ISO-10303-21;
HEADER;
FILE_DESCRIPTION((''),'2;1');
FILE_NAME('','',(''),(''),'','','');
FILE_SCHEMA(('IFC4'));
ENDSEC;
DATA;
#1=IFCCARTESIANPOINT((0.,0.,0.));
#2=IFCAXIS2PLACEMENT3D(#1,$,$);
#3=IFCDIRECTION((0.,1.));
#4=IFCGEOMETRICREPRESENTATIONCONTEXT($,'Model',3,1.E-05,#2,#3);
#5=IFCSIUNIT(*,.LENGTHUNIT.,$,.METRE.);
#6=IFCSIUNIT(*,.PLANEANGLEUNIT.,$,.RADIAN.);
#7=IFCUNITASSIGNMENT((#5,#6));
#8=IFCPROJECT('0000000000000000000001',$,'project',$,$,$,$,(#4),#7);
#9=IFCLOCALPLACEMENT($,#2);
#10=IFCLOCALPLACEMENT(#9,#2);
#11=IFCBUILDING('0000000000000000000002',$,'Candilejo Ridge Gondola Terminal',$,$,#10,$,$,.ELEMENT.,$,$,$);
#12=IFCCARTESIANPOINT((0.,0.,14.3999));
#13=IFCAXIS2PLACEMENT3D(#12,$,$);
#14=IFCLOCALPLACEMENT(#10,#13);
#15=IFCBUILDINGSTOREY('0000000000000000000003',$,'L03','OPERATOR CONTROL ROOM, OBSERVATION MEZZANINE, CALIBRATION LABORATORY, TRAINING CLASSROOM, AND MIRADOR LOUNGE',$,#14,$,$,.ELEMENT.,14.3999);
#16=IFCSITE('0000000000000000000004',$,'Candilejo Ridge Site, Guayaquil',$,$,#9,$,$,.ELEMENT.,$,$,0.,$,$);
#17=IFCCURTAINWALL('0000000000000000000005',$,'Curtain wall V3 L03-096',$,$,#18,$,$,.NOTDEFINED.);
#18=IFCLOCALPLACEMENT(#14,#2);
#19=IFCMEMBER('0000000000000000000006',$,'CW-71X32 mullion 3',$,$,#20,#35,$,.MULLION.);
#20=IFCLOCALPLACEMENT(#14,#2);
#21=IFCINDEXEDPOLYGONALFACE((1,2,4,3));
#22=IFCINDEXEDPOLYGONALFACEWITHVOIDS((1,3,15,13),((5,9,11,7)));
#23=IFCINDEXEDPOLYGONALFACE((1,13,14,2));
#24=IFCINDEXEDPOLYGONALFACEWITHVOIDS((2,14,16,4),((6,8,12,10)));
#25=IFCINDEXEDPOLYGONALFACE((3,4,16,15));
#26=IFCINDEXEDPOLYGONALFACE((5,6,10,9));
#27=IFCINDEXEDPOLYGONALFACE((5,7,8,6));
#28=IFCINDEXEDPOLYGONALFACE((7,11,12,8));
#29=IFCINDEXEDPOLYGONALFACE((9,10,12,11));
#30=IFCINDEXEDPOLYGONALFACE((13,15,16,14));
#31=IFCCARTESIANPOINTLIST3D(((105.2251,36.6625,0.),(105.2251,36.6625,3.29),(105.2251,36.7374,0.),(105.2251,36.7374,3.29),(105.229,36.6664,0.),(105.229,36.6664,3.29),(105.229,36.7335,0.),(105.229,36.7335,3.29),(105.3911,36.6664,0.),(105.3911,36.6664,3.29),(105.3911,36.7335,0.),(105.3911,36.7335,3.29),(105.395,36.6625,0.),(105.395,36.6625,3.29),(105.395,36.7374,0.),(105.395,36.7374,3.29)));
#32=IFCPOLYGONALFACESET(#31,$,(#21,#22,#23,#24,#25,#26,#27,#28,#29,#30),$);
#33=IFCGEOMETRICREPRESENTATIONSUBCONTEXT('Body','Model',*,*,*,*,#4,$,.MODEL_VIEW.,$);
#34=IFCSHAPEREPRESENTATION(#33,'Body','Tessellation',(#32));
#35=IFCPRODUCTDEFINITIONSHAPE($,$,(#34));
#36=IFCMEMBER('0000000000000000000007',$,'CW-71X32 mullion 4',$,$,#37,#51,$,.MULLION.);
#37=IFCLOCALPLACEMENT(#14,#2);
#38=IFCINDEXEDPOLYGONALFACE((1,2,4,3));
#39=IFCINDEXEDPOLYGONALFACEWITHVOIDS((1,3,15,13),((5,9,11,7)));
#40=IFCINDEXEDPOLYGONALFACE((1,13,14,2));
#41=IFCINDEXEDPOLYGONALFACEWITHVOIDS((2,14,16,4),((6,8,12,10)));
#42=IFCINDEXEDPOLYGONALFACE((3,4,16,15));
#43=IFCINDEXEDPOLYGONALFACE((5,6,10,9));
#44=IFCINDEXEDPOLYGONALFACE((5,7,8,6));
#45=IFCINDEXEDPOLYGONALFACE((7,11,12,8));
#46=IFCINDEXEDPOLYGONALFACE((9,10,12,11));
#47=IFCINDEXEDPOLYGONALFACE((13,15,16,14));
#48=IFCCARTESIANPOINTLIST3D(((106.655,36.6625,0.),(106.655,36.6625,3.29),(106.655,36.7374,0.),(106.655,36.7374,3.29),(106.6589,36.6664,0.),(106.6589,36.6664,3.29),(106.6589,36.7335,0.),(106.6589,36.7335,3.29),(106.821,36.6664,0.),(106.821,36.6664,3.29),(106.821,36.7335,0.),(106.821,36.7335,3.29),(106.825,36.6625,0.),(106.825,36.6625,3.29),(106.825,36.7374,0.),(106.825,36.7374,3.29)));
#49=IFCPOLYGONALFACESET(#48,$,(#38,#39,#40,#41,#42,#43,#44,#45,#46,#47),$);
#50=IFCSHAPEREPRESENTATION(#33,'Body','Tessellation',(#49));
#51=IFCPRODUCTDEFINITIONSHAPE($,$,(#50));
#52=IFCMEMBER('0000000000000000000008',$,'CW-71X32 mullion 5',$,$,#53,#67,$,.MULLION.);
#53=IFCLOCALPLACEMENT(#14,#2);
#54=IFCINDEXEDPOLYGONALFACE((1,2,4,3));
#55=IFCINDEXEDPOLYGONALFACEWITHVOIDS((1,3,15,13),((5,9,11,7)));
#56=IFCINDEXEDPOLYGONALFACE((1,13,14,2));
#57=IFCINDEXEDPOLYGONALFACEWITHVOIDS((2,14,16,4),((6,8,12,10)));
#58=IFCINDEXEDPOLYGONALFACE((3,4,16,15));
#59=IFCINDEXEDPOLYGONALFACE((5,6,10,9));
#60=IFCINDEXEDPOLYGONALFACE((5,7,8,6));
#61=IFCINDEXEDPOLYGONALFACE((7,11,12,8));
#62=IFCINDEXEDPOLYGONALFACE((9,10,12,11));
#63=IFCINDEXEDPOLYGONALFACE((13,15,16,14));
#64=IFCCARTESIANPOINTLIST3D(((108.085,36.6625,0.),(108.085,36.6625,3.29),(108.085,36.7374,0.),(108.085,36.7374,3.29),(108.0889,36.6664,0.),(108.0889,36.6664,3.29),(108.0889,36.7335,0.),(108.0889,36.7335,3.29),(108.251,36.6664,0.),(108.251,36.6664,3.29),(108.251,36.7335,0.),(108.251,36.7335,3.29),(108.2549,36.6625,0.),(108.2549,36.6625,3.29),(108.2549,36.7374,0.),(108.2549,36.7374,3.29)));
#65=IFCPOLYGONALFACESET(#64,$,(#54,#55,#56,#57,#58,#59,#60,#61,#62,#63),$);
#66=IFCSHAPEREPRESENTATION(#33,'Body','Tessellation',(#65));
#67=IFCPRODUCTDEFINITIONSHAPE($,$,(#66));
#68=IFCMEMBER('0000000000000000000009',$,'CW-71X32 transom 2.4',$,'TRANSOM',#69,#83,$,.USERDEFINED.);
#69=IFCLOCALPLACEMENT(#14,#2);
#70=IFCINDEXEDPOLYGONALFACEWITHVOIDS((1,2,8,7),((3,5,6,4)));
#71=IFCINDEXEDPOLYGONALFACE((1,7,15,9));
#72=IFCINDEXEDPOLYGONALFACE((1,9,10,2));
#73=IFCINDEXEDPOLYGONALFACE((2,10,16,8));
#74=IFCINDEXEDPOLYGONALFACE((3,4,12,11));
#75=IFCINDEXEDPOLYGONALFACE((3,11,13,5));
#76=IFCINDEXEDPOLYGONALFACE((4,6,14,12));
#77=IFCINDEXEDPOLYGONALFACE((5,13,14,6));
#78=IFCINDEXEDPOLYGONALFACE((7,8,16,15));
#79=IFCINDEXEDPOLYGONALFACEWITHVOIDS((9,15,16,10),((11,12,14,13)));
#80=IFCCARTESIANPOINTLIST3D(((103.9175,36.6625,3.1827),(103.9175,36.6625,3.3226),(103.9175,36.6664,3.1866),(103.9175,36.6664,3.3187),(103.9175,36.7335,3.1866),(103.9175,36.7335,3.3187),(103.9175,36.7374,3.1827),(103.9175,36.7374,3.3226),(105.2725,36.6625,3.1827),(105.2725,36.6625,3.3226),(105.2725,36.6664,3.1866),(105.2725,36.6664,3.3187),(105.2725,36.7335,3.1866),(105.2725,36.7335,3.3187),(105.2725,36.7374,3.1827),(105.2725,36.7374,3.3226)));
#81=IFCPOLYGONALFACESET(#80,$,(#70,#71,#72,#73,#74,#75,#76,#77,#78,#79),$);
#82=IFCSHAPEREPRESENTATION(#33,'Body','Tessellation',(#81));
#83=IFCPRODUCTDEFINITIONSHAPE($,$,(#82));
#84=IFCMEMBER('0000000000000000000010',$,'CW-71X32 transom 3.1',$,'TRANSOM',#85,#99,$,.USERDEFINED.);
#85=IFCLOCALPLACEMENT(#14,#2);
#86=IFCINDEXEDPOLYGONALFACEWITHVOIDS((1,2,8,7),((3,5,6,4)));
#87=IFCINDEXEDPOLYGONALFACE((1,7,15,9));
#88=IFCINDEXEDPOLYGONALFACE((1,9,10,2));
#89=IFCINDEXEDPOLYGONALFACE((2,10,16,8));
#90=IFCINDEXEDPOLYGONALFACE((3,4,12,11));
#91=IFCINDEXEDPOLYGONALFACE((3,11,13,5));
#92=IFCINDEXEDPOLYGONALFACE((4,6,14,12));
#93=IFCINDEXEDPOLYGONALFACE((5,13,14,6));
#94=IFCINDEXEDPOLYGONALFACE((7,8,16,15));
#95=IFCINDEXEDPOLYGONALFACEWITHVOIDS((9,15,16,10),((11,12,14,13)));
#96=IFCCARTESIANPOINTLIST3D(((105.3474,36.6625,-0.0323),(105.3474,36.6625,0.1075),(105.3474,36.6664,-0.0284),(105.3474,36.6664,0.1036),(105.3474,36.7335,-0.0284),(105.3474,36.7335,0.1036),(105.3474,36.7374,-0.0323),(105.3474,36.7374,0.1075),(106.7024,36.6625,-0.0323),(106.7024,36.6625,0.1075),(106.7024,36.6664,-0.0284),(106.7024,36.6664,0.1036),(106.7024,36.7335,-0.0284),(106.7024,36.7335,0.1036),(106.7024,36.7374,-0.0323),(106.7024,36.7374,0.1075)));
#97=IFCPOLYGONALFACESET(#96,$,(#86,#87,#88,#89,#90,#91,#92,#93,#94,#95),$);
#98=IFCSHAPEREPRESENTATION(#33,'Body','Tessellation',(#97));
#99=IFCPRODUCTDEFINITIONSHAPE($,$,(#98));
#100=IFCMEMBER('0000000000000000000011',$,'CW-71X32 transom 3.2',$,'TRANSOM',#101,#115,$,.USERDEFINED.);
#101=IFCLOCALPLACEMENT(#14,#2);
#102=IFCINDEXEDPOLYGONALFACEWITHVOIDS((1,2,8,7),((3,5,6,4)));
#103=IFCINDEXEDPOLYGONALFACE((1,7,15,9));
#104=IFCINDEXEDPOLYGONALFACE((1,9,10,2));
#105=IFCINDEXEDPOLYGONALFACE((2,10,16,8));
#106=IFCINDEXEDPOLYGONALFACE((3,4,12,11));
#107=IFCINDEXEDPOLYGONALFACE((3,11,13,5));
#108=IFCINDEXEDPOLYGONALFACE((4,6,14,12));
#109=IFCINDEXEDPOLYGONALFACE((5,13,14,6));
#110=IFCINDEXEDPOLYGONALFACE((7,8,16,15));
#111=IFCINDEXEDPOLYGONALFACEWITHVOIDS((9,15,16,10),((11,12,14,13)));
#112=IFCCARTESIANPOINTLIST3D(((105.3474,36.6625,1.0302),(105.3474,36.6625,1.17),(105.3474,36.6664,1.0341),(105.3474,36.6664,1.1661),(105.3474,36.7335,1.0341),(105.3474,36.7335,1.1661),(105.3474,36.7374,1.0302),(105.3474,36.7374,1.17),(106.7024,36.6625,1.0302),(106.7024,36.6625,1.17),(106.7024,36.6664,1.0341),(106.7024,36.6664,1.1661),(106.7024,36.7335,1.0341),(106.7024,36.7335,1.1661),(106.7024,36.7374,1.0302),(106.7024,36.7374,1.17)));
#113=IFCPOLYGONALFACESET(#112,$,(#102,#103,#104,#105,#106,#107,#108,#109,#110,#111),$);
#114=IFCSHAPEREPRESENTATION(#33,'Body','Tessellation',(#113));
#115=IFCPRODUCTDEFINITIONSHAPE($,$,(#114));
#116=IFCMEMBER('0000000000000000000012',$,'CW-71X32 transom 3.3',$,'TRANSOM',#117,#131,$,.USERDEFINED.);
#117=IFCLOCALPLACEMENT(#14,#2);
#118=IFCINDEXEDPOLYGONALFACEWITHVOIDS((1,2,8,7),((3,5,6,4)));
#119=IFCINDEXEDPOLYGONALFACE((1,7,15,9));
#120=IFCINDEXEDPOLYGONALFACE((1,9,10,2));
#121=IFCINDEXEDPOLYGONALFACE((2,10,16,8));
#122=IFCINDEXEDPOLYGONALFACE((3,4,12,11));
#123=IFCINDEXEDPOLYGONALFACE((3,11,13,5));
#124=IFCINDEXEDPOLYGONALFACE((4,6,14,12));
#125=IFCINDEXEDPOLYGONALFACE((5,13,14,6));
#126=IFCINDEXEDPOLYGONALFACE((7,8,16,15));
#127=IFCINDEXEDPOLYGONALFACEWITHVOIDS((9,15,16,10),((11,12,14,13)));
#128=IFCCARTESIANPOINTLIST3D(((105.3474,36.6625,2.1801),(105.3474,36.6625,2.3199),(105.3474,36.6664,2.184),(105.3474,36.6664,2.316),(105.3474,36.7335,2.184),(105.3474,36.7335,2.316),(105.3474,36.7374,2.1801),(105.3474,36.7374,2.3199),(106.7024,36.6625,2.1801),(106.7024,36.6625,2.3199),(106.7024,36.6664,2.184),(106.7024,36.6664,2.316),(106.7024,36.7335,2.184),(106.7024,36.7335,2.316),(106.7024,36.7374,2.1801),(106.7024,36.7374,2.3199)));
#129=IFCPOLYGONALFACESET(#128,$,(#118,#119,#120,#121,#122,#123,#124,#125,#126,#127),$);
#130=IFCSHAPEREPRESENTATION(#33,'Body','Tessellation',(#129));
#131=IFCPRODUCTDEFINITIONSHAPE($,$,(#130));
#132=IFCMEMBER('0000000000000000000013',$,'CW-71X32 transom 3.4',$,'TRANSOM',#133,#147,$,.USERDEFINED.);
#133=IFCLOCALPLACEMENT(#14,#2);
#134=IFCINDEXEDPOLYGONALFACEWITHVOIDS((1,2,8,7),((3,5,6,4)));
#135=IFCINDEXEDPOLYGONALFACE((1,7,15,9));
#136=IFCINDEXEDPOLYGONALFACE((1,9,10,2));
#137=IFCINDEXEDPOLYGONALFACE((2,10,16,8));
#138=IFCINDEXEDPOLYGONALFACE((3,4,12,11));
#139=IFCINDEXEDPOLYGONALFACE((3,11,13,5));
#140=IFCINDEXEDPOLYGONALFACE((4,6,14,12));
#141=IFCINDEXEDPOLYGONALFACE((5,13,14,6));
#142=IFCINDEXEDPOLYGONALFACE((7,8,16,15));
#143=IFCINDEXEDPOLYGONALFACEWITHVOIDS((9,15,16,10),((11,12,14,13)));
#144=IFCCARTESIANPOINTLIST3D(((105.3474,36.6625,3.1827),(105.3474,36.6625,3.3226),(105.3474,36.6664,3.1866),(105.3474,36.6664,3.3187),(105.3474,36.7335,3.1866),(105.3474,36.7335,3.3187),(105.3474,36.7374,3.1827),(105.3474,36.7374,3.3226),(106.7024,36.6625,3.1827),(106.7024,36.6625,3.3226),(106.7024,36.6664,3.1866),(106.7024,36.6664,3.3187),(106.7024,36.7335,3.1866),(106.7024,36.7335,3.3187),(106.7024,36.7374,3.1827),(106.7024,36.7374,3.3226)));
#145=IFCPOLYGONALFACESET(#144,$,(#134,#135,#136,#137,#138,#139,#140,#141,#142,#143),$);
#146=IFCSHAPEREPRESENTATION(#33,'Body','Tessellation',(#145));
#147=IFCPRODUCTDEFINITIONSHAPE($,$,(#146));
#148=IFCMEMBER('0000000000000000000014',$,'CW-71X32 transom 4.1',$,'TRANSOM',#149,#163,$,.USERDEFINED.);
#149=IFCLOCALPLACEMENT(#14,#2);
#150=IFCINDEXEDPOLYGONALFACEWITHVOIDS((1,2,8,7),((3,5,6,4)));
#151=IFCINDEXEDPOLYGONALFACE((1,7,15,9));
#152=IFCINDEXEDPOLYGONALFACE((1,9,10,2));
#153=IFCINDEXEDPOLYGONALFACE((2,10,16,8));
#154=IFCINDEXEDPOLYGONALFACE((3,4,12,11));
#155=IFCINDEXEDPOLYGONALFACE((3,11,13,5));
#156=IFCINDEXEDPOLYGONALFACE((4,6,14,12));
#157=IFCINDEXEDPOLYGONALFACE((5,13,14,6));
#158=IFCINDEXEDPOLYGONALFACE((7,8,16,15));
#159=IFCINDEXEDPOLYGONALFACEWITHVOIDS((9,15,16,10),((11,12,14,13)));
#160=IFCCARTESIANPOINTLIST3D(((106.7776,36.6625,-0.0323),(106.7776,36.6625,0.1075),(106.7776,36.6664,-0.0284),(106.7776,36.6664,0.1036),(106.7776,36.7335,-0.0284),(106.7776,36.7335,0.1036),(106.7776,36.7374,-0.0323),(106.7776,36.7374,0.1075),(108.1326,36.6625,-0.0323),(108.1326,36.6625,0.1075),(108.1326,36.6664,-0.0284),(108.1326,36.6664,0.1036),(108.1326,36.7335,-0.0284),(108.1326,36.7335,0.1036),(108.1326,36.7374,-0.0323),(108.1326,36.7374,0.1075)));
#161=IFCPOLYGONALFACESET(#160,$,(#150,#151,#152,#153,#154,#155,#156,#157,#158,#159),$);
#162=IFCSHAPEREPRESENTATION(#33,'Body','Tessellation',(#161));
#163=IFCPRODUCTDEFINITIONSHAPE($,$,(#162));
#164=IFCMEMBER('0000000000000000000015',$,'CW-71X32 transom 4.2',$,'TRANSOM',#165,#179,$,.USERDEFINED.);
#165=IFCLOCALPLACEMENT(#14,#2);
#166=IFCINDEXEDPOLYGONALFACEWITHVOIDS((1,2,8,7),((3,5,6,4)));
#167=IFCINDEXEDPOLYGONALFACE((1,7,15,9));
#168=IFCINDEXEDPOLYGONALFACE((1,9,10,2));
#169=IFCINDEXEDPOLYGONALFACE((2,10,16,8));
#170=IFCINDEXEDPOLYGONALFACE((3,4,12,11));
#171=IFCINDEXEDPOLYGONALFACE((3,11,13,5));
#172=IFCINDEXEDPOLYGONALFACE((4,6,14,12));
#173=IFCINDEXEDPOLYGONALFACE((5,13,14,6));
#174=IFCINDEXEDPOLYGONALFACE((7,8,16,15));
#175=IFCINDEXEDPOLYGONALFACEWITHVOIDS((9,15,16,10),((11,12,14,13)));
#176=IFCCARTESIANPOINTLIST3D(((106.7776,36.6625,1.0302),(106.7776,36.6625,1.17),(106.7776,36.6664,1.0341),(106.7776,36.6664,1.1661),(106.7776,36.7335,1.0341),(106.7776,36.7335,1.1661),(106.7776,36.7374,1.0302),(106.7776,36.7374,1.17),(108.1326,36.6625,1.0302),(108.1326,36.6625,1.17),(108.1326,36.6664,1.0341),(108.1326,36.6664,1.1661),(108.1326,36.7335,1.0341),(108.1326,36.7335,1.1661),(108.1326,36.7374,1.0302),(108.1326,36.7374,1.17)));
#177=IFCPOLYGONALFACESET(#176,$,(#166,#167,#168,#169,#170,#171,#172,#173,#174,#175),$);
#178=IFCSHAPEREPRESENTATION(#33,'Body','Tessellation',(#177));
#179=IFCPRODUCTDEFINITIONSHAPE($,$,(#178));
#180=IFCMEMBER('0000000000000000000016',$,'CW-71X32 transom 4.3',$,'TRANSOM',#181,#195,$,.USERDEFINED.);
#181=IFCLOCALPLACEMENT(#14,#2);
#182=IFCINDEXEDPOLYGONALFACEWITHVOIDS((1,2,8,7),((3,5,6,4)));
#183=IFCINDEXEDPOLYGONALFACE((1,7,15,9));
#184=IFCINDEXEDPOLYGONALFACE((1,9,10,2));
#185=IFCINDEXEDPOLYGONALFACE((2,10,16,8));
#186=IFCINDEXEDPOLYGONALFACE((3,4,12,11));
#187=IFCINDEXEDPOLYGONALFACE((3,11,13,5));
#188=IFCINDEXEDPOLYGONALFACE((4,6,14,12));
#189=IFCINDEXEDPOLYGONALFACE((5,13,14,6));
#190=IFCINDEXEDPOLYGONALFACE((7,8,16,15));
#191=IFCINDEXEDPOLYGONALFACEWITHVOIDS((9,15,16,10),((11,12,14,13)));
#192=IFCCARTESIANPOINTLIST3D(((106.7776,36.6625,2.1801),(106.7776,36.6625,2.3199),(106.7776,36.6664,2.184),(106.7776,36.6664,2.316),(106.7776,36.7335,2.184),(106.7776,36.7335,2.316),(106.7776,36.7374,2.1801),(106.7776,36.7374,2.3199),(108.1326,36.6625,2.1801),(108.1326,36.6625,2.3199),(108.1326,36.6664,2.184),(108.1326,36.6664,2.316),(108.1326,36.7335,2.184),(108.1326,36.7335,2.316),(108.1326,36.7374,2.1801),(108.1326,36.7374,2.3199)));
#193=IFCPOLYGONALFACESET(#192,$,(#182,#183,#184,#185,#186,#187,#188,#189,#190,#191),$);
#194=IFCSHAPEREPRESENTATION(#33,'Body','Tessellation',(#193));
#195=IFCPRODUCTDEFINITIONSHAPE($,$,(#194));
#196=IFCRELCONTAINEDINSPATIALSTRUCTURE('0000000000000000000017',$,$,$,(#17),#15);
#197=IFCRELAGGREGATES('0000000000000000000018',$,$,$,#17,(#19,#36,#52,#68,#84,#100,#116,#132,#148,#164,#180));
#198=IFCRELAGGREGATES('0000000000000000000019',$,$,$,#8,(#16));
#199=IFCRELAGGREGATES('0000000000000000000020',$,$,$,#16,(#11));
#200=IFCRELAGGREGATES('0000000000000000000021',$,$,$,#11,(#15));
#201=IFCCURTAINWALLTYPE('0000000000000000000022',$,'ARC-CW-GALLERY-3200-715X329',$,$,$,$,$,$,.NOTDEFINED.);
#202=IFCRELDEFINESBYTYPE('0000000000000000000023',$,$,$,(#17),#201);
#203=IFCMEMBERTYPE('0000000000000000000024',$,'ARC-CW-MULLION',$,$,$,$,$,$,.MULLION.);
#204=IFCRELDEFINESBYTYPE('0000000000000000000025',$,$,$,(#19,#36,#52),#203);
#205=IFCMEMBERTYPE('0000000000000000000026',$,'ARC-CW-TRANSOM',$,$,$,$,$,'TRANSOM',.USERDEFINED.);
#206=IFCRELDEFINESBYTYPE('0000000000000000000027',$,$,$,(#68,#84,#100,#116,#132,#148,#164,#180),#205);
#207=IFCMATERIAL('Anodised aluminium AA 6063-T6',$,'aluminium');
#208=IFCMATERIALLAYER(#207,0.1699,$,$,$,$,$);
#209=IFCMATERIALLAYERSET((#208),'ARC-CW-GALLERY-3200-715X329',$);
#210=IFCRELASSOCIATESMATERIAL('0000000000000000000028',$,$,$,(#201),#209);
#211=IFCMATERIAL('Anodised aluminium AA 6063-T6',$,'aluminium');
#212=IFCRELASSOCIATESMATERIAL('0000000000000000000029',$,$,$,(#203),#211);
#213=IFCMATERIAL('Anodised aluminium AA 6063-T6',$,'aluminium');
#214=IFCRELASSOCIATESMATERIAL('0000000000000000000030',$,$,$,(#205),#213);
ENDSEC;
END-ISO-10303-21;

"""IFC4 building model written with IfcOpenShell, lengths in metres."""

from ifc_helpers import new_model, si_unit, direction, frame, origin, origin_2d, place, context, subcontext, project, spatial, hollow_rectangle, extrude, material, layer, layer_set, material_profile, profile_set, type_object, element, aggregate, save


model = new_model("IFC4")

# Units and contexts
model_context = context("Model", 3, precision=1e-05, world=origin(), true_north=direction((0.0, 1.0)))
body_context = subcontext(model_context, "Body", "Model", "MODEL_VIEW")
ifc_project = project(units=[si_unit("LENGTHUNIT", "METRE"), si_unit("PLANEANGLEUNIT", "RADIAN")], contexts=[model_context])

# Site, building, storey
site_placement = place(None, origin())
site = spatial("IfcSite", under=ifc_project, at=site_placement, Name="Candilejo Ridge Site, Guayaquil", CompositionType="ELEMENT", RefElevation=0.0)
building_placement = place(site_placement, origin())
building = spatial("IfcBuilding", under=site, at=building_placement, Name="Candilejo Ridge Gondola Terminal", CompositionType="ELEMENT")
storey_placement = place(building_placement, frame((0.0, 0.0, 14.3999)))
storey = spatial("IfcBuildingStorey", under=building, at=storey_placement, Name="L03", Description="OPERATOR CONTROL ROOM, OBSERVATION MEZZANINE, CALIBRATION LABORATORY, TRAINING CLASSROOM, AND MIRADOR LOUNGE", CompositionType="ELEMENT", Elevation=14.3999)

# Curtain wall, members
ifc_material_1 = material(Name="Anodised aluminium AA 6063-T6", Category="aluminium")
ifc_layer_1 = layer(ifc_material_1, 0.1699)
ifc_layer_set_1 = layer_set([ifc_layer_1], Name="ARC-CW-GALLERY-3200-715X329")
curtain_wall_type = type_object("IfcCurtainWallType", Name="ARC-CW-GALLERY-3200-715X329", PredefinedType="NOTDEFINED", material=ifc_layer_set_1)
curtain_wall_placement = place(storey_placement, origin())
curtain_wall = element("IfcCurtainWall", 1, at=curtain_wall_placement, inside=storey, type_object=curtain_wall_type, Name="Curtain wall V3 L03-096", PredefinedType="NOTDEFINED")
ifc_material_2 = material(Name="Anodised aluminium AA 6063-T6", Category="aluminium")
ifc_material_profile_1 = material_profile(ifc_material_2, hollow_rectangle(XDim=0.075, YDim=0.1699, WallThickness=0.0039, at=origin_2d()))
ifc_profile_set_1 = profile_set([ifc_material_profile_1], Name="Anodised aluminium AA 6063-T6")
member_type_1 = type_object("IfcMemberType", Name="ARC-CW-MULLION", PredefinedType="MULLION", material=ifc_profile_set_1)
member_1_placement = place(storey_placement, frame((105.3101, 36.7, 0.0), z_axis=(0.0, 0.0, 1.0), x_axis=(0.0, 1.0, 0.0)))
member_1 = element("IfcMember", 2, at=member_1_placement, type_object=member_type_1, Name="CW-71X32 mullion 3", PredefinedType="MULLION", context=body_context, shape_type="SweptSolid", body=[
    extrude(hollow_rectangle(XDim=0.075, YDim=0.1699, WallThickness=0.0039, at=origin_2d()), origin(), (0.0, 0.0, 1.0), 3.29),
])
member_2_placement = place(storey_placement, frame((106.74, 36.7, 0.0), z_axis=(0.0, 0.0, 1.0), x_axis=(0.0, 1.0, 0.0)))
member_2 = element("IfcMember", 3, at=member_2_placement, type_object=member_type_1, Name="CW-71X32 mullion 4", PredefinedType="MULLION", context=body_context, shape_type="SweptSolid", body=[
    extrude(hollow_rectangle(XDim=0.075, YDim=0.1699, WallThickness=0.0039, at=origin_2d()), origin(), (0.0, 0.0, 1.0), 3.29),
])
member_3_placement = place(storey_placement, frame((108.1699, 36.7, 0.0), z_axis=(0.0, 0.0, 1.0), x_axis=(0.0, 1.0, 0.0)))
member_3 = element("IfcMember", 4, at=member_3_placement, type_object=member_type_1, Name="CW-71X32 mullion 5", PredefinedType="MULLION", context=body_context, shape_type="SweptSolid", body=[
    extrude(hollow_rectangle(XDim=0.075, YDim=0.1699, WallThickness=0.0039, at=origin_2d()), origin(), (0.0, 0.0, 1.0), 3.29),
])
ifc_material_3 = material(Name="Anodised aluminium AA 6063-T6", Category="aluminium")
ifc_material_profile_2 = material_profile(ifc_material_3, hollow_rectangle(XDim=0.075, YDim=0.1399, WallThickness=0.0039, at=origin_2d()))
ifc_profile_set_2 = profile_set([ifc_material_profile_2], Name="Anodised aluminium AA 6063-T6")
member_type_2 = type_object("IfcMemberType", Name="ARC-CW-TRANSOM", ElementType="TRANSOM", PredefinedType="USERDEFINED", material=ifc_profile_set_2)
member_4_placement = place(storey_placement, frame((103.9175, 36.7, 3.2527), z_axis=(1.0, 0.0, 0.0), x_axis=(0.0, 1.0, 0.0)))
member_4 = element("IfcMember", 5, at=member_4_placement, type_object=member_type_2, Name="CW-71X32 transom 2.4", ObjectType="TRANSOM", PredefinedType="USERDEFINED", context=body_context, shape_type="SweptSolid", body=[
    extrude(hollow_rectangle(XDim=0.075, YDim=0.1399, WallThickness=0.0039, at=origin_2d()), origin(), (0.0, 0.0, 1.0), 1.355),
])
member_5_placement = place(storey_placement, frame((105.3474, 36.7, 0.0376), z_axis=(1.0, 0.0, 0.0), x_axis=(0.0, 1.0, 0.0)))
member_5 = element("IfcMember", 6, at=member_5_placement, type_object=member_type_2, Name="CW-71X32 transom 3.1", ObjectType="TRANSOM", PredefinedType="USERDEFINED", context=body_context, shape_type="SweptSolid", body=[
    extrude(hollow_rectangle(XDim=0.075, YDim=0.1399, WallThickness=0.0039, at=origin_2d()), origin(), (0.0, 0.0, 1.0), 1.355),
])
member_6_placement = place(storey_placement, frame((105.3474, 36.7, 1.1001), z_axis=(1.0, 0.0, 0.0), x_axis=(0.0, 1.0, 0.0)))
member_6 = element("IfcMember", 7, at=member_6_placement, type_object=member_type_2, Name="CW-71X32 transom 3.2", ObjectType="TRANSOM", PredefinedType="USERDEFINED", context=body_context, shape_type="SweptSolid", body=[
    extrude(hollow_rectangle(XDim=0.075, YDim=0.1399, WallThickness=0.0039, at=origin_2d()), origin(), (0.0, 0.0, 1.0), 1.355),
])
member_7_placement = place(storey_placement, frame((105.3474, 36.7, 2.25), z_axis=(1.0, 0.0, 0.0), x_axis=(0.0, 1.0, 0.0)))
member_7 = element("IfcMember", 8, at=member_7_placement, type_object=member_type_2, Name="CW-71X32 transom 3.3", ObjectType="TRANSOM", PredefinedType="USERDEFINED", context=body_context, shape_type="SweptSolid", body=[
    extrude(hollow_rectangle(XDim=0.075, YDim=0.1399, WallThickness=0.0039, at=origin_2d()), origin(), (0.0, 0.0, 1.0), 1.355),
])
member_8_placement = place(storey_placement, frame((105.3474, 36.7, 3.2527), z_axis=(1.0, 0.0, 0.0), x_axis=(0.0, 1.0, 0.0)))
member_8 = element("IfcMember", 9, at=member_8_placement, type_object=member_type_2, Name="CW-71X32 transom 3.4", ObjectType="TRANSOM", PredefinedType="USERDEFINED", context=body_context, shape_type="SweptSolid", body=[
    extrude(hollow_rectangle(XDim=0.075, YDim=0.1399, WallThickness=0.0039, at=origin_2d()), origin(), (0.0, 0.0, 1.0), 1.355),
])
member_9_placement = place(storey_placement, frame((106.7776, 36.7, 0.0376), z_axis=(1.0, 0.0, 0.0), x_axis=(0.0, 1.0, 0.0)))
member_9 = element("IfcMember", 10, at=member_9_placement, type_object=member_type_2, Name="CW-71X32 transom 4.1", ObjectType="TRANSOM", PredefinedType="USERDEFINED", context=body_context, shape_type="SweptSolid", body=[
    extrude(hollow_rectangle(XDim=0.075, YDim=0.1399, WallThickness=0.0039, at=origin_2d()), origin(), (0.0, 0.0, 1.0), 1.355),
])
member_10_placement = place(storey_placement, frame((106.7776, 36.7, 1.1001), z_axis=(1.0, 0.0, 0.0), x_axis=(0.0, 1.0, 0.0)))
member_10 = element("IfcMember", 11, at=member_10_placement, type_object=member_type_2, Name="CW-71X32 transom 4.2", ObjectType="TRANSOM", PredefinedType="USERDEFINED", context=body_context, shape_type="SweptSolid", body=[
    extrude(hollow_rectangle(XDim=0.075, YDim=0.1399, WallThickness=0.0039, at=origin_2d()), origin(), (0.0, 0.0, 1.0), 1.355),
])
member_11_placement = place(storey_placement, frame((106.7776, 36.7, 2.25), z_axis=(1.0, 0.0, 0.0), x_axis=(0.0, 1.0, 0.0)))
member_11 = element("IfcMember", 12, at=member_11_placement, type_object=member_type_2, Name="CW-71X32 transom 4.3", ObjectType="TRANSOM", PredefinedType="USERDEFINED", context=body_context, shape_type="SweptSolid", body=[
    extrude(hollow_rectangle(XDim=0.075, YDim=0.1399, WallThickness=0.0039, at=origin_2d()), origin(), (0.0, 0.0, 1.0), 1.355),
])
aggregate(curtain_wall, [member_1, member_2, member_3, member_4, member_5, member_6, member_7, member_8, member_9, member_10, member_11])

save(model, "model.ifc")
